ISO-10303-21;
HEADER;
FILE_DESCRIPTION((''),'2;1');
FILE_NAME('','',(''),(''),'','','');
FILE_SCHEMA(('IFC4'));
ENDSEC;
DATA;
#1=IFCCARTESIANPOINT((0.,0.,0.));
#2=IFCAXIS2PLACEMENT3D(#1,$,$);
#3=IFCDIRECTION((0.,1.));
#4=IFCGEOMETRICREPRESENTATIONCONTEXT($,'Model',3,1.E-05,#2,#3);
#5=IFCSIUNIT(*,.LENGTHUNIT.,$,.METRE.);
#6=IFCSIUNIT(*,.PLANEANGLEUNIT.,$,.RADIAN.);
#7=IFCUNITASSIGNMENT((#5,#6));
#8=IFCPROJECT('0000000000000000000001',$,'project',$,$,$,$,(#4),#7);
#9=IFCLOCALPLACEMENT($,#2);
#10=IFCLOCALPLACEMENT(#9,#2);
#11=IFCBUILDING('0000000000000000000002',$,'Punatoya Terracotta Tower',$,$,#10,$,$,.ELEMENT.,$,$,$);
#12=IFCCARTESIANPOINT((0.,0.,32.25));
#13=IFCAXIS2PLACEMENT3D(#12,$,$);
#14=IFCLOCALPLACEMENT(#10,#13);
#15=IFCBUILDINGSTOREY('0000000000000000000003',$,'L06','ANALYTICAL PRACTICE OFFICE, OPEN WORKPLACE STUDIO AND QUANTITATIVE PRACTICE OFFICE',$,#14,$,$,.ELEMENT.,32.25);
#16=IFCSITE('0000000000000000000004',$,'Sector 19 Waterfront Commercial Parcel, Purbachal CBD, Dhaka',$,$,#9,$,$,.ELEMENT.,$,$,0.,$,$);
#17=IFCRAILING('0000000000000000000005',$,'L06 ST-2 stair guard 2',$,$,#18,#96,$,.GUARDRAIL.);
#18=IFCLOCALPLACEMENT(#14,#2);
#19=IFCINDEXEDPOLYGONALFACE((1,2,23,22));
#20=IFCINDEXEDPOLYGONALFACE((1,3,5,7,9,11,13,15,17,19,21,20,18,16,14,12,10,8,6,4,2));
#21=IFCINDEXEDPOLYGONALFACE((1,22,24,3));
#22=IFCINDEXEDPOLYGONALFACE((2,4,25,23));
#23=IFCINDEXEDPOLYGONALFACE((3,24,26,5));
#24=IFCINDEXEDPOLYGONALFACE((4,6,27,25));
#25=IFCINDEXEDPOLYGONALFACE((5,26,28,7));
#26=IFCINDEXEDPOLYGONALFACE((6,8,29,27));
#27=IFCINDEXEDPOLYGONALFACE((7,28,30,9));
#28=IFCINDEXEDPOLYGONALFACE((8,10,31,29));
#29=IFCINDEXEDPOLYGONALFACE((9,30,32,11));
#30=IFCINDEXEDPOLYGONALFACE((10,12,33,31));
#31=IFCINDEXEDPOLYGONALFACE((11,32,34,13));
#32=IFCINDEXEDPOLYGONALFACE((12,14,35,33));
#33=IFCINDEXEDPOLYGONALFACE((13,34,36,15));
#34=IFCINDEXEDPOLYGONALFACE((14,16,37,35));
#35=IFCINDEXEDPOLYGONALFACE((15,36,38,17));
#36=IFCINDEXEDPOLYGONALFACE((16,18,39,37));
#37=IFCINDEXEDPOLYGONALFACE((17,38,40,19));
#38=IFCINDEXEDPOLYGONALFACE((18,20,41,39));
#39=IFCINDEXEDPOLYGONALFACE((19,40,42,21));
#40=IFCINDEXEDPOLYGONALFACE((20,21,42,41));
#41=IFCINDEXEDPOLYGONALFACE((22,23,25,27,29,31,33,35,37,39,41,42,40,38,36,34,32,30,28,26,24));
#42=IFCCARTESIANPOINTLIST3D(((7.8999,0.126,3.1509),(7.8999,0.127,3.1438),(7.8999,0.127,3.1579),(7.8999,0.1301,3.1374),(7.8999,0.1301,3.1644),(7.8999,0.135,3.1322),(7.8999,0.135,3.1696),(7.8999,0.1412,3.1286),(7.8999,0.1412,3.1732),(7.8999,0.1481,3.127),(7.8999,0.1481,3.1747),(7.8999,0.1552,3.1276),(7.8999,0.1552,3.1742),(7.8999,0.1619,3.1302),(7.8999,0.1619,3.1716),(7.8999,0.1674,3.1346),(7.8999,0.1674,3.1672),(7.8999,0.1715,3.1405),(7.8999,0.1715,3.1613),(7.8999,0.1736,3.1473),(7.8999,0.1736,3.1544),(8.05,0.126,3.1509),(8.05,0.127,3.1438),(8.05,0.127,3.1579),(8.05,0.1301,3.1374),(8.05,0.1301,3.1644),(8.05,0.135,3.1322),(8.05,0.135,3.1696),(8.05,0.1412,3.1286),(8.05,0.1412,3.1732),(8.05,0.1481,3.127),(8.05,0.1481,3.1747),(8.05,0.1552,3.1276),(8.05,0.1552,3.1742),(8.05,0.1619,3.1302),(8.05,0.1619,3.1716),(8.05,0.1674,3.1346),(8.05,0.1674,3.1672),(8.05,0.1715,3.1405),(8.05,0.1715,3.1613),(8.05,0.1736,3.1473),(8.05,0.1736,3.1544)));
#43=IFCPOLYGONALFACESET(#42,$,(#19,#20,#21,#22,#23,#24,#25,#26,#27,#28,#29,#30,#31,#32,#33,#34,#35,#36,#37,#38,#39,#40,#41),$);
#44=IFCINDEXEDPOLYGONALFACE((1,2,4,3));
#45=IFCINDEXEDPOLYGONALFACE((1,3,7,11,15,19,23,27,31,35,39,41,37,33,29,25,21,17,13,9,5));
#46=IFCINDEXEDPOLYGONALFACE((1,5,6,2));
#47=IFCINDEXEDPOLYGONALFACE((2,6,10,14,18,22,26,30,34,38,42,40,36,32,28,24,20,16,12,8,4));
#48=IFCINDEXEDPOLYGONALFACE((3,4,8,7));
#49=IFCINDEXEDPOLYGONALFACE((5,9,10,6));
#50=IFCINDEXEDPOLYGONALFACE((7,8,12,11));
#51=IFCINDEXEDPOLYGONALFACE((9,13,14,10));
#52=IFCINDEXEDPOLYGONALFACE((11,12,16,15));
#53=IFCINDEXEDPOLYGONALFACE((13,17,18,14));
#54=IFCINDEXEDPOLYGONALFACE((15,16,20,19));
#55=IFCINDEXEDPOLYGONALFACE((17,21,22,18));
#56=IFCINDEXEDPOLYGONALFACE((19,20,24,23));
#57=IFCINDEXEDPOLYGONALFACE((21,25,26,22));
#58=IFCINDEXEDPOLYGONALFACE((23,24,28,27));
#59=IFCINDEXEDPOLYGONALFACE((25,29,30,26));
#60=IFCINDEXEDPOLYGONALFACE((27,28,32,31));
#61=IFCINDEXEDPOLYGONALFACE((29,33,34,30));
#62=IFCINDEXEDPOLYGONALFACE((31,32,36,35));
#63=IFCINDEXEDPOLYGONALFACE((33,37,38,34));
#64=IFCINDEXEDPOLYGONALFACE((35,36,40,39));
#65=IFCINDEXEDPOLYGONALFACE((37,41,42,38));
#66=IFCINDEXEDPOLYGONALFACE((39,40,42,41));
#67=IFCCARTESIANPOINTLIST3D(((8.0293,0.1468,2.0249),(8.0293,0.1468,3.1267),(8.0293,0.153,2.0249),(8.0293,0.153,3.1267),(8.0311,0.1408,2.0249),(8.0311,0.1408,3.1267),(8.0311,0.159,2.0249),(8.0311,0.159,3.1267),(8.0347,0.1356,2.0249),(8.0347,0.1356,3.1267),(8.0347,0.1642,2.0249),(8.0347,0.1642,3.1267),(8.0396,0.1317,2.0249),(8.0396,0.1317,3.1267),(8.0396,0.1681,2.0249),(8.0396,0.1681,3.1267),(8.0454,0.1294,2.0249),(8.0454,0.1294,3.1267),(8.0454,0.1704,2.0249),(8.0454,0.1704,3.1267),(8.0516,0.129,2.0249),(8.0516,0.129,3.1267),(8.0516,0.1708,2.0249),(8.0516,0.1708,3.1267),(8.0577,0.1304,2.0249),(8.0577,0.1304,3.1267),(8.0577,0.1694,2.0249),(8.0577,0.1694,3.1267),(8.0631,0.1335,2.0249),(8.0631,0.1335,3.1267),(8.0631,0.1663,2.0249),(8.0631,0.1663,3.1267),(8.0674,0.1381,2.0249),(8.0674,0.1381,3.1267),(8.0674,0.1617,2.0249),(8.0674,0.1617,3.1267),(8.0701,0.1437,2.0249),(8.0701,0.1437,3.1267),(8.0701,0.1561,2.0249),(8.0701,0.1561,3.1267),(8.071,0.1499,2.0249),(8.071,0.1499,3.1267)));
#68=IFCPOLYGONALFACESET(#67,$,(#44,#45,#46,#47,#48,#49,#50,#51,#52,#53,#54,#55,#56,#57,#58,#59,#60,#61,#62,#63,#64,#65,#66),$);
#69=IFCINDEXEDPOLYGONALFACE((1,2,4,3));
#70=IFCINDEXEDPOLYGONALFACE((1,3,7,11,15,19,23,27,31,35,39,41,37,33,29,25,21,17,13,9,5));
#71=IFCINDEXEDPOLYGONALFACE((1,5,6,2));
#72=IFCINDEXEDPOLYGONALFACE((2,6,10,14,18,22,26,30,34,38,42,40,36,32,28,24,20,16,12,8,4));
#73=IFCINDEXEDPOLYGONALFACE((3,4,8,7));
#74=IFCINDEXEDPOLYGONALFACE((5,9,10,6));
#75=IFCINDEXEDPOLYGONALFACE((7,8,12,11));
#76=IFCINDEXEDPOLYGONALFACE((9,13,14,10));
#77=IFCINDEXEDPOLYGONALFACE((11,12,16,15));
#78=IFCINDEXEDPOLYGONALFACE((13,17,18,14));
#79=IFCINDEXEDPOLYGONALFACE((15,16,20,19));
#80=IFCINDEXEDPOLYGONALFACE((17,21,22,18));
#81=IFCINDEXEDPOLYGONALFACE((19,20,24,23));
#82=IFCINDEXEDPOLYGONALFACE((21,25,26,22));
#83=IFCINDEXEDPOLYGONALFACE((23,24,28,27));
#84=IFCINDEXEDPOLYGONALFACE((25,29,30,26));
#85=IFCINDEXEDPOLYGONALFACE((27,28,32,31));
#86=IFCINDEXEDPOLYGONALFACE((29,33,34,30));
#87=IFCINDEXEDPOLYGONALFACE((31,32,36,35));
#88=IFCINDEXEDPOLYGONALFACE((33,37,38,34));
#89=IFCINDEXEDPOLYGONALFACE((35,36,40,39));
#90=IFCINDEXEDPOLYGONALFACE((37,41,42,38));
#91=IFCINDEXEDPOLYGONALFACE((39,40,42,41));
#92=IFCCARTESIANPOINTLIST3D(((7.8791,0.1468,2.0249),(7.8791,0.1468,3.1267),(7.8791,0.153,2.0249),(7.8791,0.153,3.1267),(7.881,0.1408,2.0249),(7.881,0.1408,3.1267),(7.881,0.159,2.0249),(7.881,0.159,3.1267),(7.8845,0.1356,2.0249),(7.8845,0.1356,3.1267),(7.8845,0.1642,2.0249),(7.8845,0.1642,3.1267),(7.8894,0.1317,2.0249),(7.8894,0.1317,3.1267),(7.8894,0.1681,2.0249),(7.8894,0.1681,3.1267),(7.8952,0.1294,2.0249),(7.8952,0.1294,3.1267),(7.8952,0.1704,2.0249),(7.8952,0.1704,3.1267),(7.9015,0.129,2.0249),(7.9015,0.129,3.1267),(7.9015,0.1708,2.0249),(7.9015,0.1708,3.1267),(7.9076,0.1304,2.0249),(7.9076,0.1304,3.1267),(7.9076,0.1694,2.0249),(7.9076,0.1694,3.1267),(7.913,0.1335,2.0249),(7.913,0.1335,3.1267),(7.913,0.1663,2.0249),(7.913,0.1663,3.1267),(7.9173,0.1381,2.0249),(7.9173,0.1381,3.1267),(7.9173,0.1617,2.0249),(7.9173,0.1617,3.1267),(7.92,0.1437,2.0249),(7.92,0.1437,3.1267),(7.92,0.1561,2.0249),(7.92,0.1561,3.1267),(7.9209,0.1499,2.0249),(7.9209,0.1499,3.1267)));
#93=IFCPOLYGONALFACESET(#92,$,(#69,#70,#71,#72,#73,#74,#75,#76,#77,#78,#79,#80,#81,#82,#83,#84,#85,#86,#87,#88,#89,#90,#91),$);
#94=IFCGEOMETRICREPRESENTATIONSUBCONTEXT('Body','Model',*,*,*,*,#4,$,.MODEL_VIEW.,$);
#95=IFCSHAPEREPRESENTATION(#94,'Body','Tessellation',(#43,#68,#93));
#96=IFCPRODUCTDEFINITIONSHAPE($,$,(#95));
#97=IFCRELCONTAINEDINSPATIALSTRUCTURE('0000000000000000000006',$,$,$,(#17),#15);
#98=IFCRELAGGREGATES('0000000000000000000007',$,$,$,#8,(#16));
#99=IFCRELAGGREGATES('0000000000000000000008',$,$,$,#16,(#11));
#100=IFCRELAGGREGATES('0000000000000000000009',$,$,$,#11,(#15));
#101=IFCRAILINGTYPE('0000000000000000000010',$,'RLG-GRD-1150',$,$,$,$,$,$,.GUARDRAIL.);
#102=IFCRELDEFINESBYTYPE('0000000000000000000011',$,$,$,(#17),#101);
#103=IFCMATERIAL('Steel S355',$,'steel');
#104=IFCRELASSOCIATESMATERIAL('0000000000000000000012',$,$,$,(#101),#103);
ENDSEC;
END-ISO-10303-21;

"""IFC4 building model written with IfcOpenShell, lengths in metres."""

from ifc_helpers import new_model, si_unit, direction, frame, origin, origin_2d, place, context, subcontext, project, spatial, circle, extrude, material, type_object, element, save


model = new_model("IFC4")

# Units and contexts
model_context = context("Model", 3, precision=1e-05, world=origin(), true_north=direction((0.0, 1.0)))
body_context = subcontext(model_context, "Body", "Model", "MODEL_VIEW")
ifc_project = project(units=[si_unit("LENGTHUNIT", "METRE"), si_unit("PLANEANGLEUNIT", "RADIAN")], contexts=[model_context])

# Site, building, storey
site_placement = place(None, origin())
site = spatial("IfcSite", under=ifc_project, at=site_placement, Name="Sector 19 Waterfront Commercial Parcel, Purbachal CBD, Dhaka", CompositionType="ELEMENT", RefElevation=0.0)
building_placement = place(site_placement, origin())
building = spatial("IfcBuilding", under=site, at=building_placement, Name="Punatoya Terracotta Tower", CompositionType="ELEMENT")
storey_placement = place(building_placement, frame((0.0, 0.0, 32.25)))
storey = spatial("IfcBuildingStorey", under=building, at=storey_placement, Name="L06", Description="ANALYTICAL PRACTICE OFFICE, OPEN WORKPLACE STUDIO AND QUANTITATIVE PRACTICE OFFICE", CompositionType="ELEMENT", Elevation=32.25)

# Shared definitions
ifc_material_1 = material(Name="Steel S355", Category="steel")

# Railing
railing_type_1 = type_object("IfcRailingType", Name="RLG-GRD-1150", PredefinedType="GUARDRAIL", material=ifc_material_1)
railing_1_placement = place(storey_placement, frame((8.05, 0.1499, 2.0249)))
element("IfcRailing", 1, at=railing_1_placement, inside=storey, type_object=railing_type_1, Name="L06 ST-2 stair guard 2", PredefinedType="GUARDRAIL", context=body_context, shape_type="SweptSolid", body=[
    extrude(circle(Radius=0.0239, at=origin_2d()), frame((0.0, 0.0, 1.126), z_axis=(-1.0, 0.0, 0.0), x_axis=(0.0, -1.0, 0.0)), (0.0, 0.0, 1.0), 0.1501),
    extrude(circle(Radius=0.021, at=origin_2d()), origin(), (0.0, 0.0, 1.0), 1.1018),
    extrude(circle(Radius=0.021, at=origin_2d()), frame((-0.1501, 0.0, 0.0)), (0.0, 0.0, 1.0), 1.1018),
])

save(model, "model.ifc")
